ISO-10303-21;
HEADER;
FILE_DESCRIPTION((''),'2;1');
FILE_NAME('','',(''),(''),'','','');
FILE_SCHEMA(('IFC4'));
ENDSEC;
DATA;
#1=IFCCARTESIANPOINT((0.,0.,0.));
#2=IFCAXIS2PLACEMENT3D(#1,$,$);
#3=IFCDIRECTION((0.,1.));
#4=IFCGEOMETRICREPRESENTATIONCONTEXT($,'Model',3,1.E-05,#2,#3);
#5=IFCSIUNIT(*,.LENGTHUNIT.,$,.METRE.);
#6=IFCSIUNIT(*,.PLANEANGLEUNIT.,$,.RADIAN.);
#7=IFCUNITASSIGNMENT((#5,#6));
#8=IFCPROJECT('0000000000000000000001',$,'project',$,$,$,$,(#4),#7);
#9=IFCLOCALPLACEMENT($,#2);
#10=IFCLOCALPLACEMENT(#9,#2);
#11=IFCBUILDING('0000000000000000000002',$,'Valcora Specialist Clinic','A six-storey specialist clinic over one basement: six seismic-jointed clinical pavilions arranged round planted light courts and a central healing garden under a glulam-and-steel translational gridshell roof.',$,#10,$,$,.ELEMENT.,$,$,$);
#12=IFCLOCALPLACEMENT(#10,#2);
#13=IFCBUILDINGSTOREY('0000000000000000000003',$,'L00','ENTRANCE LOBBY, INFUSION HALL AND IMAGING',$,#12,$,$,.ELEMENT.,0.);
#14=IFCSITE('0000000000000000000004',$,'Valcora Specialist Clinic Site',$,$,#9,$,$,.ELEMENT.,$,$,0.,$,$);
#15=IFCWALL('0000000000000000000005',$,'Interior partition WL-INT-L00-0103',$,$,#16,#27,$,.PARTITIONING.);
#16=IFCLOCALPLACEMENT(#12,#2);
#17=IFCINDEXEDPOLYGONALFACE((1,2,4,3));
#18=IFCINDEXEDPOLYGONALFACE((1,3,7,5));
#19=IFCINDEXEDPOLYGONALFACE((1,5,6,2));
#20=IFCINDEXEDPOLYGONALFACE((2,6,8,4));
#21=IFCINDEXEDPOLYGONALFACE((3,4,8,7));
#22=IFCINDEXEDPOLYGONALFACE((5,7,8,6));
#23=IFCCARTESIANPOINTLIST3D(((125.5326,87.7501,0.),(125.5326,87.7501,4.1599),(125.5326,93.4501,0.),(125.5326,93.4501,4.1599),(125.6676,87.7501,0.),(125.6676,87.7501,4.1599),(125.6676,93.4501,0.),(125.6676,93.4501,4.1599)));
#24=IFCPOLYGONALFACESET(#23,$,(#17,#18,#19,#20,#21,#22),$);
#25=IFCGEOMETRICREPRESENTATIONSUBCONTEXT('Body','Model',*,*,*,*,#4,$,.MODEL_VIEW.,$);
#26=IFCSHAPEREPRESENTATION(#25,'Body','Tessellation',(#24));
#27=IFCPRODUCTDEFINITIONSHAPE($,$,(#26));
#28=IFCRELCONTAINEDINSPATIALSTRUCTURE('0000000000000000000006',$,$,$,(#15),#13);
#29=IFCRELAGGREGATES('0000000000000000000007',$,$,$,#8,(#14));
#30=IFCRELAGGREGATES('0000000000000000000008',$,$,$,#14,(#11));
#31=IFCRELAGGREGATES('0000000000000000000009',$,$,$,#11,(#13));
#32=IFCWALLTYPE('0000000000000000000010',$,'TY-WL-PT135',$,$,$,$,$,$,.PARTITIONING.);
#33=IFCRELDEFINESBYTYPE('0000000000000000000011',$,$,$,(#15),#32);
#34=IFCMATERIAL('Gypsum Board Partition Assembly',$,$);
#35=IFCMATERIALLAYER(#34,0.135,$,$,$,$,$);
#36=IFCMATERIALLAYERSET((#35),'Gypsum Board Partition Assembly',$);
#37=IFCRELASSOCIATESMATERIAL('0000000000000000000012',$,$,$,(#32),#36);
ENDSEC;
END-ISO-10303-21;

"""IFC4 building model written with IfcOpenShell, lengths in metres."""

from ifc_helpers import new_model, si_unit, direction, frame, frame_2d, origin, place, context, subcontext, project, spatial, rectangle, extrude, material, layer, layer_set, type_object, element, save


model = new_model("IFC4")

# Units and contexts
model_context = context("Model", 3, precision=1e-05, world=origin(), true_north=direction((0.0, 1.0)))
body_context = subcontext(model_context, "Body", "Model", "MODEL_VIEW")
ifc_project = project(units=[si_unit("LENGTHUNIT", "METRE"), si_unit("PLANEANGLEUNIT", "RADIAN")], contexts=[model_context])

# Site, building, storey
site_placement = place(None, origin())
site = spatial("IfcSite", under=ifc_project, at=site_placement, Name="Valcora Specialist Clinic Site", CompositionType="ELEMENT", RefElevation=0.0)
building_placement = place(site_placement, origin())
building = spatial("IfcBuilding", under=site, at=building_placement, Name="Valcora Specialist Clinic", Description="A six-storey specialist clinic over one basement: six seismic-jointed clinical pavilions arranged round planted light courts and a central healing garden under a glulam-and-steel translational gridshell roof.", CompositionType="ELEMENT")
storey_placement = place(building_placement, origin())
storey = spatial("IfcBuildingStorey", under=building, at=storey_placement, Name="L00", Description="ENTRANCE LOBBY, INFUSION HALL AND IMAGING", CompositionType="ELEMENT", Elevation=0.0)

# Wall
ifc_material_1 = material(Name="Gypsum Board Partition Assembly")
ifc_layer_1 = layer(ifc_material_1, 0.135)
ifc_layer_set_1 = layer_set([ifc_layer_1], Name="Gypsum Board Partition Assembly")
wall_type_1 = type_object("IfcWallType", Name="TY-WL-PT135", PredefinedType="PARTITIONING", material=ifc_layer_set_1)
wall_1_placement = place(storey_placement, frame((125.6001, 87.75, 0.0), z_axis=(0.0, 0.0, 1.0), x_axis=(0.0, 1.0, 0.0)))
element("IfcWall", 1, at=wall_1_placement, inside=storey, type_object=wall_type_1, Name="Interior partition WL-INT-L00-0103", PredefinedType="PARTITIONING", context=body_context, shape_type="SweptSolid", body=[
    extrude(rectangle(XDim=5.7, YDim=0.135, at=frame_2d((2.8501, 0.0))), origin(), (0.0, 0.0, 1.0), 4.1599),
])

save(model, "model.ifc")
